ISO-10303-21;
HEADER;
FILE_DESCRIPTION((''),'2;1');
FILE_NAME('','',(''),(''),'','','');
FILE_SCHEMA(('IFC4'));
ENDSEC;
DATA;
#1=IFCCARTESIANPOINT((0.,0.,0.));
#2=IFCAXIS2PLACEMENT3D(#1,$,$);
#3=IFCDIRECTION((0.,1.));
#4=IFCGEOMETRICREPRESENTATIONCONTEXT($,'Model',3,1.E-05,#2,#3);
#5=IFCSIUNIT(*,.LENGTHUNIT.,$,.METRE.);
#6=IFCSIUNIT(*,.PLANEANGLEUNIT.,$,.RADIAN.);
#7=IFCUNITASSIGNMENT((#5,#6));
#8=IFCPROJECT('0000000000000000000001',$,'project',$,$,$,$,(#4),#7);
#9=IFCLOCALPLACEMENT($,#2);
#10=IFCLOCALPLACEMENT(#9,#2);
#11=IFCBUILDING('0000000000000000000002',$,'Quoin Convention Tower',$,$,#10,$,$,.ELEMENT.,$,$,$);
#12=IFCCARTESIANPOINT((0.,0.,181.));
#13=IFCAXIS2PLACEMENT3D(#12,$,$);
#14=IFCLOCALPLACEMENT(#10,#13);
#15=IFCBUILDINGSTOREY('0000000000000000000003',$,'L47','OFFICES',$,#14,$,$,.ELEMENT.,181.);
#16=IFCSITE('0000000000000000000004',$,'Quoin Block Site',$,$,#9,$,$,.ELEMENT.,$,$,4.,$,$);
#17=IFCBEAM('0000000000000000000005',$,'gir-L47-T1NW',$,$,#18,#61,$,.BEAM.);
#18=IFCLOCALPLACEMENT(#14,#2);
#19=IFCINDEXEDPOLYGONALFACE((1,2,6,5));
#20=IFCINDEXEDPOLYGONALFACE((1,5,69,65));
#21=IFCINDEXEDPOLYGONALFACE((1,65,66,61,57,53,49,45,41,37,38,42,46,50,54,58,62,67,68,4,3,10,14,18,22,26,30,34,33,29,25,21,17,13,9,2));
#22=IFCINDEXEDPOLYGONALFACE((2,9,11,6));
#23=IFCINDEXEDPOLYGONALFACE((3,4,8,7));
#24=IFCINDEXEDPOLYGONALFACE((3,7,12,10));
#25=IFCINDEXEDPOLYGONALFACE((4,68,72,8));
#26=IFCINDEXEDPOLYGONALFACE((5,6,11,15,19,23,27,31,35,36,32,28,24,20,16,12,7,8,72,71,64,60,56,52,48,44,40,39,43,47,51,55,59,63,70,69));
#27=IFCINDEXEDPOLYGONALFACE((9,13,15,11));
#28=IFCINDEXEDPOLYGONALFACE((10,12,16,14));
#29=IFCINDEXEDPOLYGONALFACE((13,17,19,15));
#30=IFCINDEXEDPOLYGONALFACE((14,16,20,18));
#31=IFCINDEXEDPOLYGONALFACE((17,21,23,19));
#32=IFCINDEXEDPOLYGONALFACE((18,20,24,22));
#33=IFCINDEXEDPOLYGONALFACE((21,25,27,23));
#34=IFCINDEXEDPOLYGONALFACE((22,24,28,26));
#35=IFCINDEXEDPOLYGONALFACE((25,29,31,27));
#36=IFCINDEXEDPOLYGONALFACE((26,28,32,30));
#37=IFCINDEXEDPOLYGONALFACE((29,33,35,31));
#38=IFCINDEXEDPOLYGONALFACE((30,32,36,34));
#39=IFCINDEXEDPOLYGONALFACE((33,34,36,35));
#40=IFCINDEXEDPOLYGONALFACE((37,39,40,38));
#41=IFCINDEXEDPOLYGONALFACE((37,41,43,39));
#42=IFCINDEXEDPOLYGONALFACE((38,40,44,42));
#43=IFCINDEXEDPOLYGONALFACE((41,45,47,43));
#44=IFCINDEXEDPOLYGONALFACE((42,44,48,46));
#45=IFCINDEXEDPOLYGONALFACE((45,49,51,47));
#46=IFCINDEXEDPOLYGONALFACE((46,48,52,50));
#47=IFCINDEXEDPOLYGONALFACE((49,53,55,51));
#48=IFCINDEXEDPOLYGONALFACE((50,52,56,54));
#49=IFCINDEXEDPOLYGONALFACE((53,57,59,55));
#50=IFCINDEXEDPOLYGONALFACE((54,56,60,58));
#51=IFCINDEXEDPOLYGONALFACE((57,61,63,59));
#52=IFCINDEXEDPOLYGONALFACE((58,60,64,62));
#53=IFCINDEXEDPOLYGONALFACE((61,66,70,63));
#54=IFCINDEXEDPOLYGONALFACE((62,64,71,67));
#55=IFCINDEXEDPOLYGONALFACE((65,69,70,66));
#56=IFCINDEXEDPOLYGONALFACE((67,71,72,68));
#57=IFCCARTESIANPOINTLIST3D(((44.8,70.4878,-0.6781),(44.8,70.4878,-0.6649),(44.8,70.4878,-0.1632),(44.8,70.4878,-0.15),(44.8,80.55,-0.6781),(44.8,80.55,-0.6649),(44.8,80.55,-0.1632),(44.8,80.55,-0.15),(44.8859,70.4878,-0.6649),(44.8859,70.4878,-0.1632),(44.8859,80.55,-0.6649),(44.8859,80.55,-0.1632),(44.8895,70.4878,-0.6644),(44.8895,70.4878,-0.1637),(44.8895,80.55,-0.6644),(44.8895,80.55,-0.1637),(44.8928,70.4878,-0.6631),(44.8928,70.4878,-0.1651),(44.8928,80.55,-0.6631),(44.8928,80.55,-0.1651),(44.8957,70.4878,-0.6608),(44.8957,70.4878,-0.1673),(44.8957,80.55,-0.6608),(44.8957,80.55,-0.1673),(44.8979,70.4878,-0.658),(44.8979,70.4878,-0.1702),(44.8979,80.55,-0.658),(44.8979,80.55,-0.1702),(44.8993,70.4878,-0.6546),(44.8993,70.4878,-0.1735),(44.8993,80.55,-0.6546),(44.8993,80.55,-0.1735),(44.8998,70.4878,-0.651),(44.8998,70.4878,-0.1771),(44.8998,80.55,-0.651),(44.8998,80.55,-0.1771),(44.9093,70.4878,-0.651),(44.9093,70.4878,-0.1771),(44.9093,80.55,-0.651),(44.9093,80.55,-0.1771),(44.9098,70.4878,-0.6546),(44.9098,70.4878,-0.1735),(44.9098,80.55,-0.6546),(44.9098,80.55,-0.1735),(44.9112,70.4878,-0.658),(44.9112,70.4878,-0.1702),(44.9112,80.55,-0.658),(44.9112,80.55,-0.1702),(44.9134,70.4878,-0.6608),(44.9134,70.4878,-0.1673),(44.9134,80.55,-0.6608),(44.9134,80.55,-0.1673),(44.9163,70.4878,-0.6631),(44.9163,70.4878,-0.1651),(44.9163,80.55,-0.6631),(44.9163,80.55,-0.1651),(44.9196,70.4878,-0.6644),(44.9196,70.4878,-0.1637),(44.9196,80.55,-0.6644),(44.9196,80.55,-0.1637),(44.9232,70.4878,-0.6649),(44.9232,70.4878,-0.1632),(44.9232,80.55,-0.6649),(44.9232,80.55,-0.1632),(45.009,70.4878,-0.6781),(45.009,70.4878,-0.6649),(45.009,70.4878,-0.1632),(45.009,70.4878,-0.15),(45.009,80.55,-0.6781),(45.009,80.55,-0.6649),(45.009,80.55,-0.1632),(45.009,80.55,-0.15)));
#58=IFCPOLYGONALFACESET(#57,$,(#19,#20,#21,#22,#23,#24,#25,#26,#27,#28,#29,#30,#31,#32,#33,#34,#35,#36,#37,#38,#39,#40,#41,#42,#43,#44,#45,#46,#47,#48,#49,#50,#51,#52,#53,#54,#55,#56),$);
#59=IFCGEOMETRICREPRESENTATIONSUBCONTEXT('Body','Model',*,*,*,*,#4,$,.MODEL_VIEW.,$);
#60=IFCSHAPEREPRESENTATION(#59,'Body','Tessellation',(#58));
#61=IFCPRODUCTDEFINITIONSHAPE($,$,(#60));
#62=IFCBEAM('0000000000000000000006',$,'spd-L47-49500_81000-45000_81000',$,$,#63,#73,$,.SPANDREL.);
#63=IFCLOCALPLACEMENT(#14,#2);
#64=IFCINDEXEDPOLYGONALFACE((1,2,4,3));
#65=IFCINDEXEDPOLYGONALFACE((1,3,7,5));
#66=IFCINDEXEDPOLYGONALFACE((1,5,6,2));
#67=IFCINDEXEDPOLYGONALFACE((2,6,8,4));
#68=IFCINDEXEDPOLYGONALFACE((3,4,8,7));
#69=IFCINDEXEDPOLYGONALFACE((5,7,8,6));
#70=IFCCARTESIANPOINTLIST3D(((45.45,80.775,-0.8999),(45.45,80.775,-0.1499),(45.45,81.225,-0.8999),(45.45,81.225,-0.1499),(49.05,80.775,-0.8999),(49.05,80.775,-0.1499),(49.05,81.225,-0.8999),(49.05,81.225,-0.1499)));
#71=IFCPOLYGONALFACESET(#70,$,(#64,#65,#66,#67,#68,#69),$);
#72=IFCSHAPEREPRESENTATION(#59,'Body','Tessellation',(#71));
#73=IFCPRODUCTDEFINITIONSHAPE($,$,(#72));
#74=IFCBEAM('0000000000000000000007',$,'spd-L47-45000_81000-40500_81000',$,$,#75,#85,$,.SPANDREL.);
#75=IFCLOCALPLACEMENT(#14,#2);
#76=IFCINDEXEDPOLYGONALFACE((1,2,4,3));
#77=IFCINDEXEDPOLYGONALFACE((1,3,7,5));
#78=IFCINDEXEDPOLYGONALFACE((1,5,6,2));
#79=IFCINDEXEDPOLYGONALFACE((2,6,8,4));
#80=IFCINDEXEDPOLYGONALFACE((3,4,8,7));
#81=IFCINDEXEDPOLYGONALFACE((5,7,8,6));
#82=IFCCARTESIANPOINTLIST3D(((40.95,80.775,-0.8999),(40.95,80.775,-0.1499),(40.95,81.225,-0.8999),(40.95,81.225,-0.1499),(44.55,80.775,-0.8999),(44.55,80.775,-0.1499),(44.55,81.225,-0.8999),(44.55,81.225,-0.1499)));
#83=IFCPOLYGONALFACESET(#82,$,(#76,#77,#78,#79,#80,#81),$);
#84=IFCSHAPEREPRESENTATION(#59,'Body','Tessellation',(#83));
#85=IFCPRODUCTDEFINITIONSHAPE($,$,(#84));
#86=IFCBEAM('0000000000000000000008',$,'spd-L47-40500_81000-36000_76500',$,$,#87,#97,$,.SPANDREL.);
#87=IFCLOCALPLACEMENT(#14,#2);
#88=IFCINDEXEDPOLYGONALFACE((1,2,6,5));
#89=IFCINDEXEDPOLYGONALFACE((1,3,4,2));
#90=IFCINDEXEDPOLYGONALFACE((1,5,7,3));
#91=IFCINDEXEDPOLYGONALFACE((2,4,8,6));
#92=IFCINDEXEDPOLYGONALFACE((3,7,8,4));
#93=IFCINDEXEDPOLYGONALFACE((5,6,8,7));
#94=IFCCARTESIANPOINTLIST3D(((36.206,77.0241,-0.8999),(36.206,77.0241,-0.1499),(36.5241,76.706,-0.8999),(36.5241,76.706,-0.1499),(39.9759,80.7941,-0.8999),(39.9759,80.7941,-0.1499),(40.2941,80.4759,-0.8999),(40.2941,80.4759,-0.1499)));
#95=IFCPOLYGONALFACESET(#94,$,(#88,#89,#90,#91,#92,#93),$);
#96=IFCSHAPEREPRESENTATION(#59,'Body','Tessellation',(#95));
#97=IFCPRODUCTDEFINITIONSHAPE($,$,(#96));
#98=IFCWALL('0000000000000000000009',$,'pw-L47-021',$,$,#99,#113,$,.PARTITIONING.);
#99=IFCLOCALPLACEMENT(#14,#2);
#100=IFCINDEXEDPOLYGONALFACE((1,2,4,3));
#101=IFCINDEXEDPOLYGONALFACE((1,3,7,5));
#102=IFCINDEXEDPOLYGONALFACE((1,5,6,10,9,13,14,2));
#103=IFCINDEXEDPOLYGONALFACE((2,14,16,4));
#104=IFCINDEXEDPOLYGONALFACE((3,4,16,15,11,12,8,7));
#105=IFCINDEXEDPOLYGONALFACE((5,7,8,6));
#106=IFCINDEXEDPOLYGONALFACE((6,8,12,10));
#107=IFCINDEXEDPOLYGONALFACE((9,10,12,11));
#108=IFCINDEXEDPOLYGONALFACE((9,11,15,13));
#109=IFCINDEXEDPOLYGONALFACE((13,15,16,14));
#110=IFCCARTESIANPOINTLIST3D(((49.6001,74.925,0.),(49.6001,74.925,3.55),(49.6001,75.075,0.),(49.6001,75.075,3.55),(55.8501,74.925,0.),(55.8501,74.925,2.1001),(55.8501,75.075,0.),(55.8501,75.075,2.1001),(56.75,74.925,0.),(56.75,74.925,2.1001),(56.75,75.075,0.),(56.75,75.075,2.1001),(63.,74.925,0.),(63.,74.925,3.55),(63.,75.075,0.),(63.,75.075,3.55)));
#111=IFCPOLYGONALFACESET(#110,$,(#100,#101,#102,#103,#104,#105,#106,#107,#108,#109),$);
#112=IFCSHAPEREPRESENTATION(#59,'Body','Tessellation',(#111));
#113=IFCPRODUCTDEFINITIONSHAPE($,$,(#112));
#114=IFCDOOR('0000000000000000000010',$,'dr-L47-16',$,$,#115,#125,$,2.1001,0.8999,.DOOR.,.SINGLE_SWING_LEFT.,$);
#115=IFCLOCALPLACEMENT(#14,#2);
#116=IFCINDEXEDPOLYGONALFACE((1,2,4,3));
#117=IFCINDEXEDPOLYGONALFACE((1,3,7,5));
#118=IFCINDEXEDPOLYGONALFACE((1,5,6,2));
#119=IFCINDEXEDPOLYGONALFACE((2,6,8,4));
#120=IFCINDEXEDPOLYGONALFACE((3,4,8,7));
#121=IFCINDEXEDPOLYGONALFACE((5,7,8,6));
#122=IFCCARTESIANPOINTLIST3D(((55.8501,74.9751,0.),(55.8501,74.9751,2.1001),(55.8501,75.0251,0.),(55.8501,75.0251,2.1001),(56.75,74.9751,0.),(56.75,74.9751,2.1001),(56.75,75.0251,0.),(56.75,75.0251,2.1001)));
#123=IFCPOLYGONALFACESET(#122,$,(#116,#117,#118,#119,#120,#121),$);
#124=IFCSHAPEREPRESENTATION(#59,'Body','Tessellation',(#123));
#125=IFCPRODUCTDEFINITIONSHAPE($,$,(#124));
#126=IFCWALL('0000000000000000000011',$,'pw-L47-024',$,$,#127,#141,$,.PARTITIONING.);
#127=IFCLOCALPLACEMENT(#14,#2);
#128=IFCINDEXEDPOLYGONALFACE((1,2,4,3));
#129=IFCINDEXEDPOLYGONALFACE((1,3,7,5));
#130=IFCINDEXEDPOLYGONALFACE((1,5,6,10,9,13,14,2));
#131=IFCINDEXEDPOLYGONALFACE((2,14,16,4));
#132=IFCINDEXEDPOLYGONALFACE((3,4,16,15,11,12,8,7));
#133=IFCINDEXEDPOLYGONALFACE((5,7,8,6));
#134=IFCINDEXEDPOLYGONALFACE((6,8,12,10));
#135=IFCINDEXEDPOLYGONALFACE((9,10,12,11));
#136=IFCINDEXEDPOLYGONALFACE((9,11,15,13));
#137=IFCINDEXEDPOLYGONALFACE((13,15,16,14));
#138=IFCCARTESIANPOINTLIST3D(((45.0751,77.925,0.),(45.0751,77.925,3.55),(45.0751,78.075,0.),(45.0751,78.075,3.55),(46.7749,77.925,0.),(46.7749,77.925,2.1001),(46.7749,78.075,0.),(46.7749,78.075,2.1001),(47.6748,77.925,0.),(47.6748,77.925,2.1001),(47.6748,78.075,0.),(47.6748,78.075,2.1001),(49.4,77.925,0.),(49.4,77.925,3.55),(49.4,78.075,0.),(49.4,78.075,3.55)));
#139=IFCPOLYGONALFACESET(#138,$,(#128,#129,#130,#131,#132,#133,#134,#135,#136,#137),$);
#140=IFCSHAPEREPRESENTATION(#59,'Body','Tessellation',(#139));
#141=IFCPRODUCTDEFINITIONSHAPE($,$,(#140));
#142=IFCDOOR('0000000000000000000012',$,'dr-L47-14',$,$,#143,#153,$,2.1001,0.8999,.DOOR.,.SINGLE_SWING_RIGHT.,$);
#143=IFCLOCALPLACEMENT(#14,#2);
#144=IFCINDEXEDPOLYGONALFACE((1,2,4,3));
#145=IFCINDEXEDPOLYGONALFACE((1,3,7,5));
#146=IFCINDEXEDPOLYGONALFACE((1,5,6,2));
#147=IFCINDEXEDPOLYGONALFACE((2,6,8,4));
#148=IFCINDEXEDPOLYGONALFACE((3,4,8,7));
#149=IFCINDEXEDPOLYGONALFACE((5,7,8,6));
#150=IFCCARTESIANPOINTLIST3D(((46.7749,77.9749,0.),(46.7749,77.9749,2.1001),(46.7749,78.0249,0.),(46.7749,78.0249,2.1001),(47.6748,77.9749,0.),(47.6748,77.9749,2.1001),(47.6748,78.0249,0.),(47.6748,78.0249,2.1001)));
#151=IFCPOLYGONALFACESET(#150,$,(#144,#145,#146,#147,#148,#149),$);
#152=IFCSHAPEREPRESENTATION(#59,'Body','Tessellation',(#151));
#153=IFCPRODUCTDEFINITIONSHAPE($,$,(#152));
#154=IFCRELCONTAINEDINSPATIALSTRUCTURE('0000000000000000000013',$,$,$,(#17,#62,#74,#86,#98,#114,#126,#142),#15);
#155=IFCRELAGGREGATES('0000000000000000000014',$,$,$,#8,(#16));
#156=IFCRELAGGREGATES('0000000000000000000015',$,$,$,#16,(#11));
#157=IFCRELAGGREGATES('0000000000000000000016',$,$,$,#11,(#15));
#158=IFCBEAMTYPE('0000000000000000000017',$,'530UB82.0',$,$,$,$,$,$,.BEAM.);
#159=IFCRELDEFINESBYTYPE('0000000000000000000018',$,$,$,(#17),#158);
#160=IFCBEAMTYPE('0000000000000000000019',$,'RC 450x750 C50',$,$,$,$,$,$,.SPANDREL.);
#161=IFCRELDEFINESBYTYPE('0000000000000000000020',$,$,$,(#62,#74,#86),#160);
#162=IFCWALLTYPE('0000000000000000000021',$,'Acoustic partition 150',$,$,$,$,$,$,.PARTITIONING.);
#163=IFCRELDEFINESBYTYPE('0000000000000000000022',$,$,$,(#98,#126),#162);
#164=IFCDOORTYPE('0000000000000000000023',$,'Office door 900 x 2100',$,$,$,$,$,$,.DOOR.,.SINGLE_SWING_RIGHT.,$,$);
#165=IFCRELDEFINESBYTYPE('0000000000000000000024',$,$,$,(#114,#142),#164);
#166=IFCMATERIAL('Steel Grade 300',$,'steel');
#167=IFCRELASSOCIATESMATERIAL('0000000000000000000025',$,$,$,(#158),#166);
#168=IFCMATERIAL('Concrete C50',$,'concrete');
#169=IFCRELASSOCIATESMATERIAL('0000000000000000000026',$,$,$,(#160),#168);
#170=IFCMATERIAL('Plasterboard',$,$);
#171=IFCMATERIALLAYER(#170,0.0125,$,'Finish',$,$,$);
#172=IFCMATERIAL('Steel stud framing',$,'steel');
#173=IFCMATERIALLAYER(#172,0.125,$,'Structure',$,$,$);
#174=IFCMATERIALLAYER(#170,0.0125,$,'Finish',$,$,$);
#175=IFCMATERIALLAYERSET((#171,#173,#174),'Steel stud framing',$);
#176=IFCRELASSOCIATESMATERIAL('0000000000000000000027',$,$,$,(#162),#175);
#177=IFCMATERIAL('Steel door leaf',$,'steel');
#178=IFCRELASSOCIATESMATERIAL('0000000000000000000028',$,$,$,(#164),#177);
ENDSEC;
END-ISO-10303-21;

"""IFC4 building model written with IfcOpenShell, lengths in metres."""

from ifc_helpers import new_model, si_unit, direction, frame, frame_2d, origin, origin_2d, place, context, subcontext, project, spatial, rectangle, i_section, extrude, material, layer, layer_set, material_profile, profile_set, type_object, element, fill, save


model = new_model("IFC4")

# Units and contexts
model_context = context("Model", 3, precision=1e-05, world=origin(), true_north=direction((0.0, 1.0)))
body_context = subcontext(model_context, "Body", "Model", "MODEL_VIEW")
ifc_project = project(units=[si_unit("LENGTHUNIT", "METRE"), si_unit("PLANEANGLEUNIT", "RADIAN")], contexts=[model_context])

# Site, building, storey
site_placement = place(None, origin())
site = spatial("IfcSite", under=ifc_project, at=site_placement, Name="Quoin Block Site", CompositionType="ELEMENT", RefElevation=4.0)
building_placement = place(site_placement, origin())
building = spatial("IfcBuilding", under=site, at=building_placement, Name="Quoin Convention Tower", CompositionType="ELEMENT")
storey_placement = place(building_placement, frame((0.0, 0.0, 181.0)))
storey = spatial("IfcBuildingStorey", under=building, at=storey_placement, Name="L47", Description="OFFICES", CompositionType="ELEMENT", Elevation=181.0)

# Shared definitions
ifc_material_1 = material(Name="Concrete C50", Category="concrete")

# Beams
ifc_material_2 = material(Name="Steel Grade 300", Category="steel")
ifc_material_profile_1 = material_profile(ifc_material_2, i_section(OverallWidth=0.209, OverallDepth=0.5281, WebThickness=0.0095, FlangeThickness=0.0132, FilletRadius=0.0139, at=origin_2d()), Name="530UB82.0")
ifc_profile_set_1 = profile_set([ifc_material_profile_1], Name="Steel Grade 300")
beam_type_1 = type_object("IfcBeamType", Name="530UB82.0", PredefinedType="BEAM", material=ifc_profile_set_1)
beam_1_placement = place(storey_placement, frame((44.9045, 80.55, -0.4141), z_axis=(0.0, -1.0, 0.0), x_axis=(1.0, 0.0, 0.0)))
element("IfcBeam", 1, at=beam_1_placement, inside=storey, type_object=beam_type_1, Name="gir-L47-T1NW", PredefinedType="BEAM", context=body_context, shape_type="SweptSolid", body=[
    extrude(i_section(OverallWidth=0.209, OverallDepth=0.5281, WebThickness=0.0095, FlangeThickness=0.0132, FilletRadius=0.0139, at=origin_2d()), origin(), (0.0, 0.0, 1.0), 10.0623),
])
ifc_material_profile_2 = material_profile(ifc_material_1, rectangle(XDim=0.45, YDim=0.75, at=origin_2d()), Name="RC 450x750")
ifc_profile_set_2 = profile_set([ifc_material_profile_2], Name="Concrete C50")
beam_type_2 = type_object("IfcBeamType", Name="RC 450x750 C50", PredefinedType="SPANDREL", material=ifc_profile_set_2)
for number, where, z_axis, x_axis, name in (
    (2, (49.05, 81.0, -0.5249), (-1.0, 0.0, 0.0), (0.0, -1.0, 0.0), "spd-L47-49500_81000-45000_81000"),
    (3, (44.55, 81.0, -0.5249), (-1.0, 0.0, 0.0), (0.0, -1.0, 0.0), "spd-L47-45000_81000-40500_81000"),
):
    element("IfcBeam", number, at=place(storey_placement, frame(where, z_axis=z_axis, x_axis=x_axis)), inside=storey, type_object=beam_type_2, Name=name, PredefinedType="SPANDREL", context=body_context, shape_type="SweptSolid", body=[
        extrude(rectangle(XDim=0.45, YDim=0.75, at=origin_2d()), origin(), (0.0, 0.0, 1.0), 3.6001),
    ])
beam_2_placement = place(storey_placement, frame((40.135, 80.635, -0.5249), z_axis=(-0.707107, -0.707107, 0.0), x_axis=(0.707107, -0.707107, 0.0)))
element("IfcBeam", 4, at=beam_2_placement, inside=storey, type_object=beam_type_2, Name="spd-L47-40500_81000-36000_76500", PredefinedType="SPANDREL", context=body_context, shape_type="SweptSolid", body=[
    extrude(rectangle(XDim=0.45, YDim=0.75, at=origin_2d()), origin(), (0.0, 0.0, 1.0), 5.3315),
])

# Walls, openings, doors
ifc_material_3 = material(Name="Plasterboard")
ifc_layer_1 = layer(ifc_material_3, 0.0125, Name="Finish")
ifc_material_4 = material(Name="Steel stud framing", Category="steel")
ifc_layer_2 = layer(ifc_material_4, 0.125, Name="Structure")
ifc_layer_3 = layer(ifc_material_3, 0.0125, Name="Finish")
ifc_layer_set_1 = layer_set([ifc_layer_1, ifc_layer_2, ifc_layer_3], Name="Steel stud framing")
wall_type_1 = type_object("IfcWallType", Name="Acoustic partition 150", PredefinedType="PARTITIONING", material=ifc_layer_set_1)
wall_1_placement = place(storey_placement, frame((49.6001, 75.0, 0.0), z_axis=(0.0, 0.0, 1.0), x_axis=(1.0, 0.0, 0.0)))
wall_1 = element("IfcWall", 5, at=wall_1_placement, inside=storey, type_object=wall_type_1, Name="pw-L47-021", PredefinedType="PARTITIONING", context=body_context, shape_type="SweptSolid", body=[
    extrude(rectangle(XDim=13.3999, YDim=0.1499, at=frame_2d((6.7, 0.0))), origin(), (0.0, 0.0, 1.0), 3.55),
])
opening_1_placement = place(wall_1_placement, frame((6.25, 0.0, 0.0)))
opening_1 = element("IfcOpeningElement", 6, at=opening_1_placement, cuts=wall_1, PredefinedType="OPENING", context=body_context, shape_type="SweptSolid", body=[
    extrude(rectangle(XDim=0.8999, YDim=2.1001, at=frame_2d((0.45, 1.05))), frame((0.0, 0.085, 0.0), z_axis=(0.0, -1.0, 0.0), x_axis=(1.0, 0.0, 0.0)), (0.0, 0.0, 1.0), 0.1699),
])
ifc_material_5 = material(Name="Steel door leaf", Category="steel")
door_type_1 = type_object("IfcDoorType", Name="Office door 900 x 2100", OperationType="SINGLE_SWING_RIGHT", PredefinedType="DOOR", material=ifc_material_5)
door_1_placement = place(opening_1_placement, frame((0.8999, 0.0, 0.0), z_axis=(0.0, 0.0, 1.0), x_axis=(-1.0, 0.0, 0.0)))
door_1 = element("IfcDoor", 7, at=door_1_placement, inside=storey, type_object=door_type_1, Name="dr-L47-16", OperationType="SINGLE_SWING_LEFT", OverallHeight=2.1001, OverallWidth=0.8999, PredefinedType="DOOR", context=body_context, shape_type="SweptSolid", body=[
    extrude(rectangle(XDim=0.8999, YDim=2.1001, at=frame_2d((0.45, 1.05))), frame((0.0, 0.0249, 0.0), z_axis=(0.0, -1.0, 0.0), x_axis=(1.0, 0.0, 0.0)), (0.0, 0.0, 1.0), 0.05),
])
fill(opening_1, door_1)
wall_2_placement = place(storey_placement, frame((45.075, 78.0, 0.0), z_axis=(0.0, 0.0, 1.0), x_axis=(1.0, 0.0, 0.0)))
wall_2 = element("IfcWall", 8, at=wall_2_placement, inside=storey, type_object=wall_type_1, Name="pw-L47-024", PredefinedType="PARTITIONING", context=body_context, shape_type="SweptSolid", body=[
    extrude(rectangle(XDim=4.325, YDim=0.1499, at=frame_2d((2.1626, 0.0))), origin(), (0.0, 0.0, 1.0), 3.55),
])
opening_2_placement = place(wall_2_placement, frame((1.7, 0.0, 0.0)))
opening_2 = element("IfcOpeningElement", 9, at=opening_2_placement, cuts=wall_2, PredefinedType="OPENING", context=body_context, shape_type="SweptSolid", body=[
    extrude(rectangle(XDim=0.8999, YDim=2.1001, at=frame_2d((0.45, 1.05))), frame((0.0, 0.085, 0.0), z_axis=(0.0, -1.0, 0.0), x_axis=(1.0, 0.0, 0.0)), (0.0, 0.0, 1.0), 0.1699),
])
door_2_placement = place(opening_2_placement, origin())
door_2 = element("IfcDoor", 10, at=door_2_placement, inside=storey, type_object=door_type_1, Name="dr-L47-14", OperationType="SINGLE_SWING_RIGHT", OverallHeight=2.1001, OverallWidth=0.8999, PredefinedType="DOOR", context=body_context, shape_type="SweptSolid", body=[
    extrude(rectangle(XDim=0.8999, YDim=2.1001, at=frame_2d((0.45, 1.05))), frame((0.0, 0.0249, 0.0), z_axis=(0.0, -1.0, 0.0), x_axis=(1.0, 0.0, 0.0)), (0.0, 0.0, 1.0), 0.05),
])
fill(opening_2, door_2)

save(model, "model.ifc")
